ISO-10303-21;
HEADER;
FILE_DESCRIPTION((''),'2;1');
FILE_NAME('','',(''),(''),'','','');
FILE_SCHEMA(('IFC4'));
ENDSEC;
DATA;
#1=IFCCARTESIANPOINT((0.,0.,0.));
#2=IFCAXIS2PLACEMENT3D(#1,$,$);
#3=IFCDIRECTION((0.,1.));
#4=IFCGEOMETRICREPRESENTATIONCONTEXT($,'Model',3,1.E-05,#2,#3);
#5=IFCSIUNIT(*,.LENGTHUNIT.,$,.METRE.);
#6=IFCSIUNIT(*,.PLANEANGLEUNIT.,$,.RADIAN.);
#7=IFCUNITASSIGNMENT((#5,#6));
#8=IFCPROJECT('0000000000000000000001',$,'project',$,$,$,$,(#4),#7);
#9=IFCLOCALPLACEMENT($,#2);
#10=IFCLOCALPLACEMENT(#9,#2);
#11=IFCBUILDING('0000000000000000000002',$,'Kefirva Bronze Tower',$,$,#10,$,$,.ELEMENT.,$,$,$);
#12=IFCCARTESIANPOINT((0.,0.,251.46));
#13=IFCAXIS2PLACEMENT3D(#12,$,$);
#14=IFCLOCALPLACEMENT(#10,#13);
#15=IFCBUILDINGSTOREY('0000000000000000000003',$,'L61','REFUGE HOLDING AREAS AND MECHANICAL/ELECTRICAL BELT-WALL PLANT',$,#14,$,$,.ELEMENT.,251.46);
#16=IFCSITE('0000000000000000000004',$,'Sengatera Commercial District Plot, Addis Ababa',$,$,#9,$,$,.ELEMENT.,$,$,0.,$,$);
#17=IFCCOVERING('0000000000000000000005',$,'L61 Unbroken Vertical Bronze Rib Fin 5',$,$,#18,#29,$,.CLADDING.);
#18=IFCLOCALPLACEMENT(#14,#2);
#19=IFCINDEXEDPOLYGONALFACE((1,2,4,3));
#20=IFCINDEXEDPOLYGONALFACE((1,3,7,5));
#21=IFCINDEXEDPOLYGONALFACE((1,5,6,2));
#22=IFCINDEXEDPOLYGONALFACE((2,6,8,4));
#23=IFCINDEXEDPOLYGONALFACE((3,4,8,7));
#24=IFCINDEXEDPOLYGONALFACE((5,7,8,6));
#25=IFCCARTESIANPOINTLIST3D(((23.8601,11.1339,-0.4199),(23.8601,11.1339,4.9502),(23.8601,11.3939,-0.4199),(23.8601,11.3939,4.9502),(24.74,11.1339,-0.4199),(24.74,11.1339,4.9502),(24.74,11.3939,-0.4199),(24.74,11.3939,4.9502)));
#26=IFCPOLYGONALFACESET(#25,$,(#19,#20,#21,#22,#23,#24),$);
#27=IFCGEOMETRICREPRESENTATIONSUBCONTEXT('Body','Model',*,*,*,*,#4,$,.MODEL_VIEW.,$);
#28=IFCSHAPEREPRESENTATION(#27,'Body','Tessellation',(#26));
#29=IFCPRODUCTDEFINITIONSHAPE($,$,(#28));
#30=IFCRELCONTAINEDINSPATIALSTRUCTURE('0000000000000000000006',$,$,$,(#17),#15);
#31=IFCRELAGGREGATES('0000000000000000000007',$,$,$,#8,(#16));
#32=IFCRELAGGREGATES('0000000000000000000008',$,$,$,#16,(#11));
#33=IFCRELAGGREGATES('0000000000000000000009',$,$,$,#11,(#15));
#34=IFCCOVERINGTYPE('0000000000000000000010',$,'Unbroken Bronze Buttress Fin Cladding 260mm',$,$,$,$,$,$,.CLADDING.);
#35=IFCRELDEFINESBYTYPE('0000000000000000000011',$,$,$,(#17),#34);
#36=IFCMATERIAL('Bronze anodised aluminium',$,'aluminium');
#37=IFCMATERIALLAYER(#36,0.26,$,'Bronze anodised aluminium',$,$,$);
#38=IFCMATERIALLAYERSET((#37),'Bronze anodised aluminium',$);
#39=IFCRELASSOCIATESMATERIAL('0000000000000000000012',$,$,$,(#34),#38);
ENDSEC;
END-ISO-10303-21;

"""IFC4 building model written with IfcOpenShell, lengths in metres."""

from ifc_helpers import new_model, si_unit, direction, frame, origin, origin_2d, place, context, subcontext, project, spatial, rectangle, extrude, material, layer, layer_set, type_object, element, save


model = new_model("IFC4")

# Units and contexts
model_context = context("Model", 3, precision=1e-05, world=origin(), true_north=direction((0.0, 1.0)))
body_context = subcontext(model_context, "Body", "Model", "MODEL_VIEW")
ifc_project = project(units=[si_unit("LENGTHUNIT", "METRE"), si_unit("PLANEANGLEUNIT", "RADIAN")], contexts=[model_context])

# Site, building, storey
site_placement = place(None, origin())
site = spatial("IfcSite", under=ifc_project, at=site_placement, Name="Sengatera Commercial District Plot, Addis Ababa", CompositionType="ELEMENT", RefElevation=0.0)
building_placement = place(site_placement, origin())
building = spatial("IfcBuilding", under=site, at=building_placement, Name="Kefirva Bronze Tower", CompositionType="ELEMENT")
storey_placement = place(building_placement, frame((0.0, 0.0, 251.46)))
storey = spatial("IfcBuildingStorey", under=building, at=storey_placement, Name="L61", Description="REFUGE HOLDING AREAS AND MECHANICAL/ELECTRICAL BELT-WALL PLANT", CompositionType="ELEMENT", Elevation=251.46)

# Shared definitions
ifc_material_1 = material(Name="Bronze anodised aluminium", Category="aluminium")

# Covering
ifc_layer_1 = layer(ifc_material_1, 0.26, Name="Bronze anodised aluminium")
ifc_layer_set_1 = layer_set([ifc_layer_1], Name="Bronze anodised aluminium")
covering_type_1 = type_object("IfcCoveringType", Name="Unbroken Bronze Buttress Fin Cladding 260mm", PredefinedType="CLADDING", material=ifc_layer_set_1)
covering_1_placement = place(storey_placement, frame((24.3, 11.2639, -0.4199), z_axis=(0.0, 0.0, 1.0), x_axis=(0.0, 1.0, 0.0)))
element("IfcCovering", 1, at=covering_1_placement, inside=storey, type_object=covering_type_1, Name="L61 Unbroken Vertical Bronze Rib Fin 5", PredefinedType="CLADDING", context=body_context, shape_type="SweptSolid", body=[
    extrude(rectangle(XDim=0.26, YDim=0.8799, at=origin_2d()), origin(), (0.0, 0.0, 1.0), 5.3701),
])

save(model, "model.ifc")
